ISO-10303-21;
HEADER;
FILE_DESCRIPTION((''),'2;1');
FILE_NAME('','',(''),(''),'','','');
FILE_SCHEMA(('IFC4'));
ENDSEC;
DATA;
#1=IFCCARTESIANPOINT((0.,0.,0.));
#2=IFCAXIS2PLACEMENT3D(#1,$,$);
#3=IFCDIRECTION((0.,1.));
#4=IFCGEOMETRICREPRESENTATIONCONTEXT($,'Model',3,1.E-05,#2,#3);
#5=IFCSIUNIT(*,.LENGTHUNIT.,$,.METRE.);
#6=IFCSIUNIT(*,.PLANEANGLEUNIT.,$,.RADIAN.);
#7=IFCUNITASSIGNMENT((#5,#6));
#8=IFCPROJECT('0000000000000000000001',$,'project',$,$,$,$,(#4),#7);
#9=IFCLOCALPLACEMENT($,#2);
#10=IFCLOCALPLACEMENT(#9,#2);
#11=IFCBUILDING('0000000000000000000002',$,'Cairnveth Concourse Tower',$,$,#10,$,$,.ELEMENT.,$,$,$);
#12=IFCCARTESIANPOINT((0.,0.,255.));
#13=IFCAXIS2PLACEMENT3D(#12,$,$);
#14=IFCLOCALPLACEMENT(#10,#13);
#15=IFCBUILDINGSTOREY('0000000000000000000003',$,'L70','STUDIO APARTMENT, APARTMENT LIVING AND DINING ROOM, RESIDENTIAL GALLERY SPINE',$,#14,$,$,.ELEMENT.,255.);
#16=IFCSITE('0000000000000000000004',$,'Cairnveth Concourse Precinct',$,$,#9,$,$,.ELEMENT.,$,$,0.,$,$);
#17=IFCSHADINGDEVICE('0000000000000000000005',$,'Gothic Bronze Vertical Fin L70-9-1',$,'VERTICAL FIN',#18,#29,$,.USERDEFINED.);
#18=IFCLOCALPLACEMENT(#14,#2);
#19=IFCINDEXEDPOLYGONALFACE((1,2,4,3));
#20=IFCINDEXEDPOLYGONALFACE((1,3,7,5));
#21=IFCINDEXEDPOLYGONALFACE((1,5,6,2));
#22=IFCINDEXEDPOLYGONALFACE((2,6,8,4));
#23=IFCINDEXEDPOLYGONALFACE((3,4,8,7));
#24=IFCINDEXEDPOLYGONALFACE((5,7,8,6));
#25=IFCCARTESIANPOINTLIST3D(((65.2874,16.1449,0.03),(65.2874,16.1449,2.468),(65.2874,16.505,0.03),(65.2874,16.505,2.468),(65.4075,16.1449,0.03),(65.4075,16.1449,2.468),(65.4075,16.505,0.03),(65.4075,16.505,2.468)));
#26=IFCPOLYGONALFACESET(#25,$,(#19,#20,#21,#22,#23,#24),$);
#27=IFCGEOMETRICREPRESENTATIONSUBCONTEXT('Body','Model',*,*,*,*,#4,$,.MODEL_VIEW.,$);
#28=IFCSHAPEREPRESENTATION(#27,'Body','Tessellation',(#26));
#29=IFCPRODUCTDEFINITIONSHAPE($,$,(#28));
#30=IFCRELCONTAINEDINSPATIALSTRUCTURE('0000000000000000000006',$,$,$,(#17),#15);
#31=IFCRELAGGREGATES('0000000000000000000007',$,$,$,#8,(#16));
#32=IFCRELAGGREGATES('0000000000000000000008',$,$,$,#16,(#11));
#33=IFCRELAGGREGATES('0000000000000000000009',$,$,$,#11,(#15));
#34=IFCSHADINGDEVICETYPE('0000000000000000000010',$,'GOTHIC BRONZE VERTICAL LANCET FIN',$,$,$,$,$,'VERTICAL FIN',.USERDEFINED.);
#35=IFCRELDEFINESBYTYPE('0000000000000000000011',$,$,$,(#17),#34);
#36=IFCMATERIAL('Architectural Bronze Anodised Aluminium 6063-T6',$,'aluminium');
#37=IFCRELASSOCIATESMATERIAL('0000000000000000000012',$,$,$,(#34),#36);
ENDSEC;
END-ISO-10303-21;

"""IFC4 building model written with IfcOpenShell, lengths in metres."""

from ifc_helpers import new_model, si_unit, direction, frame, origin, origin_2d, place, context, subcontext, project, spatial, rectangle, extrude, material, type_object, element, save


model = new_model("IFC4")

# Units and contexts
model_context = context("Model", 3, precision=1e-05, world=origin(), true_north=direction((0.0, 1.0)))
body_context = subcontext(model_context, "Body", "Model", "MODEL_VIEW")
ifc_project = project(units=[si_unit("LENGTHUNIT", "METRE"), si_unit("PLANEANGLEUNIT", "RADIAN")], contexts=[model_context])

# Site, building, storey
site_placement = place(None, origin())
site = spatial("IfcSite", under=ifc_project, at=site_placement, Name="Cairnveth Concourse Precinct", CompositionType="ELEMENT", RefElevation=0.0)
building_placement = place(site_placement, origin())
building = spatial("IfcBuilding", under=site, at=building_placement, Name="Cairnveth Concourse Tower", CompositionType="ELEMENT")
storey_placement = place(building_placement, frame((0.0, 0.0, 255.0)))
storey = spatial("IfcBuildingStorey", under=building, at=storey_placement, Name="L70", Description="STUDIO APARTMENT, APARTMENT LIVING AND DINING ROOM, RESIDENTIAL GALLERY SPINE", CompositionType="ELEMENT", Elevation=255.0)

# Shading device
ifc_material_1 = material(Name="Architectural Bronze Anodised Aluminium 6063-T6", Category="aluminium")
shading_device_type = type_object("IfcShadingDeviceType", Name="GOTHIC BRONZE VERTICAL LANCET FIN", ElementType="VERTICAL FIN", PredefinedType="USERDEFINED", material=ifc_material_1)
shading_device_placement = place(storey_placement, frame((65.3474, 16.325, 0.03), z_axis=(0.0, 0.0, 1.0), x_axis=(1.0, 0.0, 0.0)))
element("IfcShadingDevice", 1, at=shading_device_placement, inside=storey, type_object=shading_device_type, Name="Gothic Bronze Vertical Fin L70-9-1", ObjectType="VERTICAL FIN", PredefinedType="USERDEFINED", context=body_context, shape_type="SweptSolid", body=[
    extrude(rectangle(XDim=0.1201, YDim=0.3601, at=origin_2d()), origin(), (0.0, 0.0, 1.0), 2.438),
])

save(model, "model.ifc")
